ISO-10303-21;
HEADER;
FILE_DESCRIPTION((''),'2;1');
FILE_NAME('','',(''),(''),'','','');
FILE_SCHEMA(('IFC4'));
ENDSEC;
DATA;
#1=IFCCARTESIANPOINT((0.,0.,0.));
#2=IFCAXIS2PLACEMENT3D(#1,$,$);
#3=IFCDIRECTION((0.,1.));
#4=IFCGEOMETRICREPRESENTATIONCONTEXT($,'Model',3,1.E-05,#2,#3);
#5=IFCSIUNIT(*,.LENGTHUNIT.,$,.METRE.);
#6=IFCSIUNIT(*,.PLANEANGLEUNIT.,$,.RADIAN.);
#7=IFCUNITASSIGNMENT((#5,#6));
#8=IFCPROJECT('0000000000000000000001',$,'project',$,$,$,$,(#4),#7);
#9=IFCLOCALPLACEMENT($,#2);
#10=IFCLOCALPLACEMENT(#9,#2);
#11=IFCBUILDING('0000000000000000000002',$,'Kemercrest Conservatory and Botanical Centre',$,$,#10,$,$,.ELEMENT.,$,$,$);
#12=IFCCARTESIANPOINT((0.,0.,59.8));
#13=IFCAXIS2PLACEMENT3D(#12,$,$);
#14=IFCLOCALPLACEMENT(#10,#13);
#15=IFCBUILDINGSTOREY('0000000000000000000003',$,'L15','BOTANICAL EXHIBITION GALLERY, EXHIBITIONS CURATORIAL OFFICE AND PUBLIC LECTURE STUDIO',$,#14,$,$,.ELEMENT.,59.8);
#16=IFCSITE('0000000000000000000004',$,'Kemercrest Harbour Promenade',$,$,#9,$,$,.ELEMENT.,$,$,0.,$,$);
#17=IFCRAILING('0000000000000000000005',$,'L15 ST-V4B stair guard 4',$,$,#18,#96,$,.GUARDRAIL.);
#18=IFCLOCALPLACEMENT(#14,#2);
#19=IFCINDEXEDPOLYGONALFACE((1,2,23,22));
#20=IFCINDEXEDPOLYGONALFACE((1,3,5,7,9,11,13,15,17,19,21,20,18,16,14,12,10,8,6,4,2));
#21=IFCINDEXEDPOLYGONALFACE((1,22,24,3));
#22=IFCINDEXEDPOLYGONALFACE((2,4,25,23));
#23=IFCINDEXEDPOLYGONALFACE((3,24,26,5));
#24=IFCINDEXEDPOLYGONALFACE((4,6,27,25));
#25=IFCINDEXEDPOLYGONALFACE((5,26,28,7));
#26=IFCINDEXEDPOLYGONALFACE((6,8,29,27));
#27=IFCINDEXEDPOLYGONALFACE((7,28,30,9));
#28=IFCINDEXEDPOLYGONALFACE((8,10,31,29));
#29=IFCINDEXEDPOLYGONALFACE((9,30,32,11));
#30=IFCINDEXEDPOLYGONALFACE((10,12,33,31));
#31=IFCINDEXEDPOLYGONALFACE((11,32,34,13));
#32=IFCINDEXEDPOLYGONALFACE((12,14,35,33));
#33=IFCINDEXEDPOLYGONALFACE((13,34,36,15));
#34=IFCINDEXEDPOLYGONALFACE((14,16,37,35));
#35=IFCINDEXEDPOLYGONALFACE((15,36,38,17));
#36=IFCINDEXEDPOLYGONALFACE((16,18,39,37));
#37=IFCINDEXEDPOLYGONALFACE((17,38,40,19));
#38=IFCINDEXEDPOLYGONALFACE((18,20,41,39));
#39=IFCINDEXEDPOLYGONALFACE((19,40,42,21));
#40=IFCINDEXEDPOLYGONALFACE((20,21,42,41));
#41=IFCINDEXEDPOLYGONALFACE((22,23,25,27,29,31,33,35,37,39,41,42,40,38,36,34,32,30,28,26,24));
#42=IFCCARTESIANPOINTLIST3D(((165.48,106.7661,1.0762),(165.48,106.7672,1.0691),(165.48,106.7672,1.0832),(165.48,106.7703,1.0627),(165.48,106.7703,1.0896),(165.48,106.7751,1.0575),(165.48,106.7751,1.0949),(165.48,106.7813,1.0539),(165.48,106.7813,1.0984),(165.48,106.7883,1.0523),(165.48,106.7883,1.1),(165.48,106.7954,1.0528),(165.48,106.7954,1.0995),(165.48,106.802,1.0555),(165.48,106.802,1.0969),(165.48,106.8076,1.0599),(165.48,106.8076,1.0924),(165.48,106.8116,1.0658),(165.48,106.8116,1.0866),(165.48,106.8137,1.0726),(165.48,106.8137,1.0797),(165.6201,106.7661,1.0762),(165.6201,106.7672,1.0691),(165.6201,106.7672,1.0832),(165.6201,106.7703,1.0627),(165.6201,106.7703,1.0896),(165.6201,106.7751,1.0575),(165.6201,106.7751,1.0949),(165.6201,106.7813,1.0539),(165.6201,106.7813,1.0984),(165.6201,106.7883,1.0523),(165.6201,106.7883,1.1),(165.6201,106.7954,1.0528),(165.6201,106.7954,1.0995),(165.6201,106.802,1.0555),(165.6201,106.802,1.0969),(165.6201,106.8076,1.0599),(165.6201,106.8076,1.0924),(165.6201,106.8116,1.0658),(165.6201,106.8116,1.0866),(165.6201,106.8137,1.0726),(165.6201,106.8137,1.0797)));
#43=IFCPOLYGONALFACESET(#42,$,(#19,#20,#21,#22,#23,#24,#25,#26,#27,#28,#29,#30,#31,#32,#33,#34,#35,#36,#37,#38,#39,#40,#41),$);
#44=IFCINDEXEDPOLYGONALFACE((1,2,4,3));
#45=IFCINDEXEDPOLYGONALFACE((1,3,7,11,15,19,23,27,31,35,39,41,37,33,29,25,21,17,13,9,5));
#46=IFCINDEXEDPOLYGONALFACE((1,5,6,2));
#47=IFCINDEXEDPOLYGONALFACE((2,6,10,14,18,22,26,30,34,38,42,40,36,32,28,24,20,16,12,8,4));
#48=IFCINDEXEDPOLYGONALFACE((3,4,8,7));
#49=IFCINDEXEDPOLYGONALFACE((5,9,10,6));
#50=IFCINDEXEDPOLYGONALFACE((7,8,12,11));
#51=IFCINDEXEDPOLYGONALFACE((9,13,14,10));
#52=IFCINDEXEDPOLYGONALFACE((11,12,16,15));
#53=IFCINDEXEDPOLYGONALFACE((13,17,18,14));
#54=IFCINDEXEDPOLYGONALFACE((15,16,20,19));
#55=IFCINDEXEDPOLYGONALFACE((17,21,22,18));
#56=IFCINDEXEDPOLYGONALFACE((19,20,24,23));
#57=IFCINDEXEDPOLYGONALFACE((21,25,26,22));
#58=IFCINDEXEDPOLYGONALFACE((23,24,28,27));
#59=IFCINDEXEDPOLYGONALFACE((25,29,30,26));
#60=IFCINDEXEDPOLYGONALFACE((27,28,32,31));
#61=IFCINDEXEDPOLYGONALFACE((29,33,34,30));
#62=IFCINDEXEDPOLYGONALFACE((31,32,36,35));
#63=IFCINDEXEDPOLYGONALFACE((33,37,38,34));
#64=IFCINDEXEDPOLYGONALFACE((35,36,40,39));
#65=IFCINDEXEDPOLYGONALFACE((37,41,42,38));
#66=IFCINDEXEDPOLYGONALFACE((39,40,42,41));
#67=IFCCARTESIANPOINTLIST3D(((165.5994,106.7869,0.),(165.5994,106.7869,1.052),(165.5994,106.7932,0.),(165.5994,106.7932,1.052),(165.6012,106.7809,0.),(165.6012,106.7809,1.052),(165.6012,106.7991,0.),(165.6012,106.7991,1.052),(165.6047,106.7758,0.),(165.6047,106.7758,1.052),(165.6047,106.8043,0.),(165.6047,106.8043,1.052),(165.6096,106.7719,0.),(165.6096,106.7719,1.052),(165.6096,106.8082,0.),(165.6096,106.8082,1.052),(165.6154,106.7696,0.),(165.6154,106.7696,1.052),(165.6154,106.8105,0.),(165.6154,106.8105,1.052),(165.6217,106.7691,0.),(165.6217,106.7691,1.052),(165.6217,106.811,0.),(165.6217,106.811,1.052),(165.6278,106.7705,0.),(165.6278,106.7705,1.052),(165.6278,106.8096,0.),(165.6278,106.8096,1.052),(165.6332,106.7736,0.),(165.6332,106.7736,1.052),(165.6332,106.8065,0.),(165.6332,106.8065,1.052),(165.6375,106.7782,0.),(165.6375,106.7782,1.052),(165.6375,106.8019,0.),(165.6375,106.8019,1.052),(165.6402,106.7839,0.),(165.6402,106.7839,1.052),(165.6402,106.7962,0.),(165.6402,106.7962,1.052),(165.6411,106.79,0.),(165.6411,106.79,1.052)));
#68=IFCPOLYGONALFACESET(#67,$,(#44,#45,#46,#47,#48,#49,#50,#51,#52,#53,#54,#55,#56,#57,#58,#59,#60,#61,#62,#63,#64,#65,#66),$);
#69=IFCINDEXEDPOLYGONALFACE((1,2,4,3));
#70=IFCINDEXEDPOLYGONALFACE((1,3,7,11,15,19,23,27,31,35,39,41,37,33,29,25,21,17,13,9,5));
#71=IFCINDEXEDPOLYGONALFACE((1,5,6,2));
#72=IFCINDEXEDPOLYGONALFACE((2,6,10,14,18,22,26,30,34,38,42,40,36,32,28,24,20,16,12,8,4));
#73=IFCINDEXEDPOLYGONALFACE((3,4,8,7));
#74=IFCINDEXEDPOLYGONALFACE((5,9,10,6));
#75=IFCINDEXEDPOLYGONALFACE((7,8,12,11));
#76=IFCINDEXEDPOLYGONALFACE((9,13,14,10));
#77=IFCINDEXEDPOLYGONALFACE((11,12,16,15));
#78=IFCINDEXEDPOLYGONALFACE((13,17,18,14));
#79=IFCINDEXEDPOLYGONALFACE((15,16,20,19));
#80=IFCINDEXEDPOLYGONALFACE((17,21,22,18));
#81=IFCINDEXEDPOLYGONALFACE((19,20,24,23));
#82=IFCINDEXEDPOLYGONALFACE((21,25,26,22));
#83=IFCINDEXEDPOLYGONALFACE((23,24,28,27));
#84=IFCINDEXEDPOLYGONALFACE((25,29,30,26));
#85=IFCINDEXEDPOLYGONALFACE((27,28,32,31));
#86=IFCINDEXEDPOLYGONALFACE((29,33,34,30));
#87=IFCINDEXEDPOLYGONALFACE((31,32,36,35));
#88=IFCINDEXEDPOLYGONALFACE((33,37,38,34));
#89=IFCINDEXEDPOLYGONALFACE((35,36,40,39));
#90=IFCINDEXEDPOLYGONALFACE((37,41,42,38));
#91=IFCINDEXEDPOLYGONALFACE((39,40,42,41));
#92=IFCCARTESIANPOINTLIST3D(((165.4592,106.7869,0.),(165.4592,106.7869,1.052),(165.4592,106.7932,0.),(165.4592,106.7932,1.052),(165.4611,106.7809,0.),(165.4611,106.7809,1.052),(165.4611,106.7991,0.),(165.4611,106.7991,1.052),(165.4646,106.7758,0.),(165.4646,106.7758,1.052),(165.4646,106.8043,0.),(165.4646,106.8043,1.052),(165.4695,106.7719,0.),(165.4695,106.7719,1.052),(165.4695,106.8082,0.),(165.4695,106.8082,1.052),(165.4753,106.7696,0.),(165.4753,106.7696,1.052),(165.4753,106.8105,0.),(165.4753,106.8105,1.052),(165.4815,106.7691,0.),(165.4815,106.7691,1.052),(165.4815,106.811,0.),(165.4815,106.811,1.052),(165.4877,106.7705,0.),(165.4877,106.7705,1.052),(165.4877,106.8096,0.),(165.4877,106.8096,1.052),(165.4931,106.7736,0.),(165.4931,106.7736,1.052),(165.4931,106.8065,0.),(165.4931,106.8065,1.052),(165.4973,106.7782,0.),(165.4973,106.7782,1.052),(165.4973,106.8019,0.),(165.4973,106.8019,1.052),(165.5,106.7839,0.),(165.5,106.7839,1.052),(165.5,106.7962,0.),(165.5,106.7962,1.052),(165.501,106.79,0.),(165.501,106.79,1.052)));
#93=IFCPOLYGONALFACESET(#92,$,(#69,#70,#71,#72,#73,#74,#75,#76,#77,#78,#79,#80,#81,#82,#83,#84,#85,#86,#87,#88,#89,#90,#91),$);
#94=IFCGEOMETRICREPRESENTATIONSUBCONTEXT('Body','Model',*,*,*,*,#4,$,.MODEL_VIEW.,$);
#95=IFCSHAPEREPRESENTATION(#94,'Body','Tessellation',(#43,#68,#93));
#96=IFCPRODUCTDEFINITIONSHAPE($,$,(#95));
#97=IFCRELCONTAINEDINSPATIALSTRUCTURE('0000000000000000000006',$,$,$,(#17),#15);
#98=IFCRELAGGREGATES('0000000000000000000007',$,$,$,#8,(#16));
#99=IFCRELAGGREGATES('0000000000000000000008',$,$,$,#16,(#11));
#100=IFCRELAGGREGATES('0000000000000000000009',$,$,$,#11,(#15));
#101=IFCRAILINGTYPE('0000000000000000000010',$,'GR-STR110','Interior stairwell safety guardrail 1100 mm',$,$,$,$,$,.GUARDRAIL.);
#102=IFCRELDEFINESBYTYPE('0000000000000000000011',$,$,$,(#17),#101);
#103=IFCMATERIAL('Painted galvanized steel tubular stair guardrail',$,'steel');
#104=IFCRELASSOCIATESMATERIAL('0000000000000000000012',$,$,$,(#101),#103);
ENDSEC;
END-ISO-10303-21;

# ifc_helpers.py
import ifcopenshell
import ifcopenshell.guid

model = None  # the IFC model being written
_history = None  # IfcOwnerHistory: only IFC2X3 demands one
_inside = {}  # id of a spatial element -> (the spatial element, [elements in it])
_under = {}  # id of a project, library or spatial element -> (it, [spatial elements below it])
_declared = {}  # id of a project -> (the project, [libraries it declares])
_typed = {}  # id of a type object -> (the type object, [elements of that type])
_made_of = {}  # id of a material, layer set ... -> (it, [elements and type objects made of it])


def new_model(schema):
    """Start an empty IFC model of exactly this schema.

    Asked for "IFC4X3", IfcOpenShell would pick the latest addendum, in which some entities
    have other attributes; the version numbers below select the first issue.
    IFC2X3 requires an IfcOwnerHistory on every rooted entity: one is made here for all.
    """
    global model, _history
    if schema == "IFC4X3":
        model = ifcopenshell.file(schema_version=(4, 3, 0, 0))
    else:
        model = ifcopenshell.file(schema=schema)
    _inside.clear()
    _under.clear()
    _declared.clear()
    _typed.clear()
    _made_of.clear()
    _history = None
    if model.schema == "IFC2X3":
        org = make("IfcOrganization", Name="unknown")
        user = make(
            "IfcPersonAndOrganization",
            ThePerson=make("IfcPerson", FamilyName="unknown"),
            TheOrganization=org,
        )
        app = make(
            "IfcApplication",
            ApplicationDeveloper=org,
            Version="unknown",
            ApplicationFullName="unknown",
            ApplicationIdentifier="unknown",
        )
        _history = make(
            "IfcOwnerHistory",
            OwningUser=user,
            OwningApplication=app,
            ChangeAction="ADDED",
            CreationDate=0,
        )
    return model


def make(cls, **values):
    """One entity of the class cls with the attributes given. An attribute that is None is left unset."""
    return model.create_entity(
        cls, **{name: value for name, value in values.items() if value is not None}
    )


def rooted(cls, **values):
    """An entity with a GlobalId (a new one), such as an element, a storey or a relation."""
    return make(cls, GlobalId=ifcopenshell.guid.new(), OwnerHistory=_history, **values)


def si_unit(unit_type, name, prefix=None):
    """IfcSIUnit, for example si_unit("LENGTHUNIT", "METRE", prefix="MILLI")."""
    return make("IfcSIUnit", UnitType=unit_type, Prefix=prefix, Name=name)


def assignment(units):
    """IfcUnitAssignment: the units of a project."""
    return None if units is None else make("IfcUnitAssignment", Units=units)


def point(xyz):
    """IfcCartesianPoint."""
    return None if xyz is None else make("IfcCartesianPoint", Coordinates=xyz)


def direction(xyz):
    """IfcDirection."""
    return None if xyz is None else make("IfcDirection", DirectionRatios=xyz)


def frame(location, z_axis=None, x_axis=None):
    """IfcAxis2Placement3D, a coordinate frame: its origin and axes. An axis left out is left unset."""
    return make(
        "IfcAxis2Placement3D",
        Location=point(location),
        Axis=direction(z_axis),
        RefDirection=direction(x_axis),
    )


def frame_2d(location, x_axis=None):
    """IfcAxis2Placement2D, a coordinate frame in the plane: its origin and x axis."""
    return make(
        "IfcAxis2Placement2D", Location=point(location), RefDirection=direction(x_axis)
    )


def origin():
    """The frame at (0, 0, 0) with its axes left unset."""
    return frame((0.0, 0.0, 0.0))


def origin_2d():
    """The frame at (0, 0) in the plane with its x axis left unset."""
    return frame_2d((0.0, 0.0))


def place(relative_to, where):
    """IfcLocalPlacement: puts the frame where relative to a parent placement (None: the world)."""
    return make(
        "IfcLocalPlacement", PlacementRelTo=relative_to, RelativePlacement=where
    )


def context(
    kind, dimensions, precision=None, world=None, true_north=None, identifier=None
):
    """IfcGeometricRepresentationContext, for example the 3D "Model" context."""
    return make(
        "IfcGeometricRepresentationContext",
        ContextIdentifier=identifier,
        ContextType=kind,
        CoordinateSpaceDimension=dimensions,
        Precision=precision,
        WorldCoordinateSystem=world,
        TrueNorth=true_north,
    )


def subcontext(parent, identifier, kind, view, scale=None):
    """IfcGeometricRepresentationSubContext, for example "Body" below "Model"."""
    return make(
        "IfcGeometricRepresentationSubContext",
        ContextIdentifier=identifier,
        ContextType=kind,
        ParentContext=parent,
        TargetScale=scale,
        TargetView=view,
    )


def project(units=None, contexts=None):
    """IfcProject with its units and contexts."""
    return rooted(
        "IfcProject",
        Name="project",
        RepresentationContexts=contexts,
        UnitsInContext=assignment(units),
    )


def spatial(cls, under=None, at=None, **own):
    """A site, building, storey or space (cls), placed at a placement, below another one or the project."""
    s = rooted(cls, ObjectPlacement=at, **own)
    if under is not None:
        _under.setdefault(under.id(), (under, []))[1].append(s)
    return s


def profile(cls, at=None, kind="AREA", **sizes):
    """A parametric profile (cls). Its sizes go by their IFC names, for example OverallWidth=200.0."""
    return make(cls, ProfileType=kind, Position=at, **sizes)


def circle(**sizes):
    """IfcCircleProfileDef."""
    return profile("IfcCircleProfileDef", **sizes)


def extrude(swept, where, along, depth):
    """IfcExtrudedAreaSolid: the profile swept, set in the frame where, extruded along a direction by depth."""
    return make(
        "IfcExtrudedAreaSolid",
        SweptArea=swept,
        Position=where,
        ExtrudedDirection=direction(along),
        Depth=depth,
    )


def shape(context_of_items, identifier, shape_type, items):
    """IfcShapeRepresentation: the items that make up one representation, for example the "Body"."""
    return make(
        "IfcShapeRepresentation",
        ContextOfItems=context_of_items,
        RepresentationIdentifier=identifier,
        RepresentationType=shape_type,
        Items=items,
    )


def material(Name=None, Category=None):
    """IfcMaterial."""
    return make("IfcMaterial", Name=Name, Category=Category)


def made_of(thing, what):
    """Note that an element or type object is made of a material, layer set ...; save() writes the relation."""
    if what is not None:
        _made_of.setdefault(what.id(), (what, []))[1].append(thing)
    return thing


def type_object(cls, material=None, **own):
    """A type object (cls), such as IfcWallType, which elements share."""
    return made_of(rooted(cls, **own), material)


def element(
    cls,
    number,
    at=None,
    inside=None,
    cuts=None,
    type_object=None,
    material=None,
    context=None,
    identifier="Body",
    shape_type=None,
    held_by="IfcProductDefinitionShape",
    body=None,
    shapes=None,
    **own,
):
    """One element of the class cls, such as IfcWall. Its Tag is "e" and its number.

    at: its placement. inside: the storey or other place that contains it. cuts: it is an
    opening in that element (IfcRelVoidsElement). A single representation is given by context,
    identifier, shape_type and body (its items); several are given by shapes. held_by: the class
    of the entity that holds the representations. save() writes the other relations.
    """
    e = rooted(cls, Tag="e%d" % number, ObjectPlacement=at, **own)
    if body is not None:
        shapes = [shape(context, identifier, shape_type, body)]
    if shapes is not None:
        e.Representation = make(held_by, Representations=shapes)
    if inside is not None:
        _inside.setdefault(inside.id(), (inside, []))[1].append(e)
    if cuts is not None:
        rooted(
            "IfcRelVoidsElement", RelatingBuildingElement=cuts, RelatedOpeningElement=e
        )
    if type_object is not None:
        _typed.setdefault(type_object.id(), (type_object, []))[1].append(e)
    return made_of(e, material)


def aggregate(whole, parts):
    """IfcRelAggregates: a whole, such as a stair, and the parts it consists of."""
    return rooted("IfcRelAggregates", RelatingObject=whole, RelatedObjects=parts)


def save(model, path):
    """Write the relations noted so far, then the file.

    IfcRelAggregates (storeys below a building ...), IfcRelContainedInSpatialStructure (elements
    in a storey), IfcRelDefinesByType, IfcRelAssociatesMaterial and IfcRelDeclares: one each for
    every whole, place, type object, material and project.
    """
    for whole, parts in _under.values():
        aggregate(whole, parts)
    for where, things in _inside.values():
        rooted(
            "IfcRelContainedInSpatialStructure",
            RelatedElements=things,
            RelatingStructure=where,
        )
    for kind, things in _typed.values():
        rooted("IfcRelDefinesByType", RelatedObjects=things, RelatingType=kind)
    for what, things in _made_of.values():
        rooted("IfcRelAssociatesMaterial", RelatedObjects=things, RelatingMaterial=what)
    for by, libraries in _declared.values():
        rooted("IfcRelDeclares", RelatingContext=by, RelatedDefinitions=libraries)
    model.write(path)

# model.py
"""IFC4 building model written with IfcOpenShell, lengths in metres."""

from ifc_helpers import new_model, si_unit, direction, frame, origin, origin_2d, place, context, subcontext, project, spatial, circle, extrude, material, type_object, element, save


model = new_model("IFC4")

# Units and contexts
model_context = context("Model", 3, precision=1e-05, world=origin(), true_north=direction((0.0, 1.0)))
body_context = subcontext(model_context, "Body", "Model", "MODEL_VIEW")
ifc_project = project(units=[si_unit("LENGTHUNIT", "METRE"), si_unit("PLANEANGLEUNIT", "RADIAN")], contexts=[model_context])

# Site, building, storey
site_placement = place(None, origin())
site = spatial("IfcSite", under=ifc_project, at=site_placement, Name="Kemercrest Harbour Promenade", CompositionType="ELEMENT", RefElevation=0.0)
building_placement = place(site_placement, origin())
building = spatial("IfcBuilding", under=site, at=building_placement, Name="Kemercrest Conservatory and Botanical Centre", CompositionType="ELEMENT")
storey_placement = place(building_placement, frame((0.0, 0.0, 59.8)))
storey = spatial("IfcBuildingStorey", under=building, at=storey_placement, Name="L15", Description="BOTANICAL EXHIBITION GALLERY, EXHIBITIONS CURATORIAL OFFICE AND PUBLIC LECTURE STUDIO", CompositionType="ELEMENT", Elevation=59.8)

# Railing
ifc_material_1 = material(Name="Painted galvanized steel tubular stair guardrail", Category="steel")
railing_type_1 = type_object("IfcRailingType", Name="GR-STR110", Description="Interior stairwell safety guardrail 1100 mm", PredefinedType="GUARDRAIL", material=ifc_material_1)
railing_1_placement = place(storey_placement, frame((165.6201, 106.79, 0.0)))
element("IfcRailing", 1, at=railing_1_placement, inside=storey, type_object=railing_type_1, Name="L15 ST-V4B stair guard 4", PredefinedType="GUARDRAIL", context=body_context, shape_type="SweptSolid", body=[
    extrude(circle(Radius=0.0239, at=origin_2d()), frame((0.0, 0.0, 1.0762), z_axis=(-1.0, 0.0, 0.0), x_axis=(0.0, -1.0, 0.0)), (0.0, 0.0, 1.0), 0.1401),
    extrude(circle(Radius=0.021, at=origin_2d()), origin(), (0.0, 0.0, 1.0), 1.052),
    extrude(circle(Radius=0.021, at=origin_2d()), frame((-0.1401, 0.0, 0.0)), (0.0, 0.0, 1.0), 1.052),
])

save(model, "model.ifc")
